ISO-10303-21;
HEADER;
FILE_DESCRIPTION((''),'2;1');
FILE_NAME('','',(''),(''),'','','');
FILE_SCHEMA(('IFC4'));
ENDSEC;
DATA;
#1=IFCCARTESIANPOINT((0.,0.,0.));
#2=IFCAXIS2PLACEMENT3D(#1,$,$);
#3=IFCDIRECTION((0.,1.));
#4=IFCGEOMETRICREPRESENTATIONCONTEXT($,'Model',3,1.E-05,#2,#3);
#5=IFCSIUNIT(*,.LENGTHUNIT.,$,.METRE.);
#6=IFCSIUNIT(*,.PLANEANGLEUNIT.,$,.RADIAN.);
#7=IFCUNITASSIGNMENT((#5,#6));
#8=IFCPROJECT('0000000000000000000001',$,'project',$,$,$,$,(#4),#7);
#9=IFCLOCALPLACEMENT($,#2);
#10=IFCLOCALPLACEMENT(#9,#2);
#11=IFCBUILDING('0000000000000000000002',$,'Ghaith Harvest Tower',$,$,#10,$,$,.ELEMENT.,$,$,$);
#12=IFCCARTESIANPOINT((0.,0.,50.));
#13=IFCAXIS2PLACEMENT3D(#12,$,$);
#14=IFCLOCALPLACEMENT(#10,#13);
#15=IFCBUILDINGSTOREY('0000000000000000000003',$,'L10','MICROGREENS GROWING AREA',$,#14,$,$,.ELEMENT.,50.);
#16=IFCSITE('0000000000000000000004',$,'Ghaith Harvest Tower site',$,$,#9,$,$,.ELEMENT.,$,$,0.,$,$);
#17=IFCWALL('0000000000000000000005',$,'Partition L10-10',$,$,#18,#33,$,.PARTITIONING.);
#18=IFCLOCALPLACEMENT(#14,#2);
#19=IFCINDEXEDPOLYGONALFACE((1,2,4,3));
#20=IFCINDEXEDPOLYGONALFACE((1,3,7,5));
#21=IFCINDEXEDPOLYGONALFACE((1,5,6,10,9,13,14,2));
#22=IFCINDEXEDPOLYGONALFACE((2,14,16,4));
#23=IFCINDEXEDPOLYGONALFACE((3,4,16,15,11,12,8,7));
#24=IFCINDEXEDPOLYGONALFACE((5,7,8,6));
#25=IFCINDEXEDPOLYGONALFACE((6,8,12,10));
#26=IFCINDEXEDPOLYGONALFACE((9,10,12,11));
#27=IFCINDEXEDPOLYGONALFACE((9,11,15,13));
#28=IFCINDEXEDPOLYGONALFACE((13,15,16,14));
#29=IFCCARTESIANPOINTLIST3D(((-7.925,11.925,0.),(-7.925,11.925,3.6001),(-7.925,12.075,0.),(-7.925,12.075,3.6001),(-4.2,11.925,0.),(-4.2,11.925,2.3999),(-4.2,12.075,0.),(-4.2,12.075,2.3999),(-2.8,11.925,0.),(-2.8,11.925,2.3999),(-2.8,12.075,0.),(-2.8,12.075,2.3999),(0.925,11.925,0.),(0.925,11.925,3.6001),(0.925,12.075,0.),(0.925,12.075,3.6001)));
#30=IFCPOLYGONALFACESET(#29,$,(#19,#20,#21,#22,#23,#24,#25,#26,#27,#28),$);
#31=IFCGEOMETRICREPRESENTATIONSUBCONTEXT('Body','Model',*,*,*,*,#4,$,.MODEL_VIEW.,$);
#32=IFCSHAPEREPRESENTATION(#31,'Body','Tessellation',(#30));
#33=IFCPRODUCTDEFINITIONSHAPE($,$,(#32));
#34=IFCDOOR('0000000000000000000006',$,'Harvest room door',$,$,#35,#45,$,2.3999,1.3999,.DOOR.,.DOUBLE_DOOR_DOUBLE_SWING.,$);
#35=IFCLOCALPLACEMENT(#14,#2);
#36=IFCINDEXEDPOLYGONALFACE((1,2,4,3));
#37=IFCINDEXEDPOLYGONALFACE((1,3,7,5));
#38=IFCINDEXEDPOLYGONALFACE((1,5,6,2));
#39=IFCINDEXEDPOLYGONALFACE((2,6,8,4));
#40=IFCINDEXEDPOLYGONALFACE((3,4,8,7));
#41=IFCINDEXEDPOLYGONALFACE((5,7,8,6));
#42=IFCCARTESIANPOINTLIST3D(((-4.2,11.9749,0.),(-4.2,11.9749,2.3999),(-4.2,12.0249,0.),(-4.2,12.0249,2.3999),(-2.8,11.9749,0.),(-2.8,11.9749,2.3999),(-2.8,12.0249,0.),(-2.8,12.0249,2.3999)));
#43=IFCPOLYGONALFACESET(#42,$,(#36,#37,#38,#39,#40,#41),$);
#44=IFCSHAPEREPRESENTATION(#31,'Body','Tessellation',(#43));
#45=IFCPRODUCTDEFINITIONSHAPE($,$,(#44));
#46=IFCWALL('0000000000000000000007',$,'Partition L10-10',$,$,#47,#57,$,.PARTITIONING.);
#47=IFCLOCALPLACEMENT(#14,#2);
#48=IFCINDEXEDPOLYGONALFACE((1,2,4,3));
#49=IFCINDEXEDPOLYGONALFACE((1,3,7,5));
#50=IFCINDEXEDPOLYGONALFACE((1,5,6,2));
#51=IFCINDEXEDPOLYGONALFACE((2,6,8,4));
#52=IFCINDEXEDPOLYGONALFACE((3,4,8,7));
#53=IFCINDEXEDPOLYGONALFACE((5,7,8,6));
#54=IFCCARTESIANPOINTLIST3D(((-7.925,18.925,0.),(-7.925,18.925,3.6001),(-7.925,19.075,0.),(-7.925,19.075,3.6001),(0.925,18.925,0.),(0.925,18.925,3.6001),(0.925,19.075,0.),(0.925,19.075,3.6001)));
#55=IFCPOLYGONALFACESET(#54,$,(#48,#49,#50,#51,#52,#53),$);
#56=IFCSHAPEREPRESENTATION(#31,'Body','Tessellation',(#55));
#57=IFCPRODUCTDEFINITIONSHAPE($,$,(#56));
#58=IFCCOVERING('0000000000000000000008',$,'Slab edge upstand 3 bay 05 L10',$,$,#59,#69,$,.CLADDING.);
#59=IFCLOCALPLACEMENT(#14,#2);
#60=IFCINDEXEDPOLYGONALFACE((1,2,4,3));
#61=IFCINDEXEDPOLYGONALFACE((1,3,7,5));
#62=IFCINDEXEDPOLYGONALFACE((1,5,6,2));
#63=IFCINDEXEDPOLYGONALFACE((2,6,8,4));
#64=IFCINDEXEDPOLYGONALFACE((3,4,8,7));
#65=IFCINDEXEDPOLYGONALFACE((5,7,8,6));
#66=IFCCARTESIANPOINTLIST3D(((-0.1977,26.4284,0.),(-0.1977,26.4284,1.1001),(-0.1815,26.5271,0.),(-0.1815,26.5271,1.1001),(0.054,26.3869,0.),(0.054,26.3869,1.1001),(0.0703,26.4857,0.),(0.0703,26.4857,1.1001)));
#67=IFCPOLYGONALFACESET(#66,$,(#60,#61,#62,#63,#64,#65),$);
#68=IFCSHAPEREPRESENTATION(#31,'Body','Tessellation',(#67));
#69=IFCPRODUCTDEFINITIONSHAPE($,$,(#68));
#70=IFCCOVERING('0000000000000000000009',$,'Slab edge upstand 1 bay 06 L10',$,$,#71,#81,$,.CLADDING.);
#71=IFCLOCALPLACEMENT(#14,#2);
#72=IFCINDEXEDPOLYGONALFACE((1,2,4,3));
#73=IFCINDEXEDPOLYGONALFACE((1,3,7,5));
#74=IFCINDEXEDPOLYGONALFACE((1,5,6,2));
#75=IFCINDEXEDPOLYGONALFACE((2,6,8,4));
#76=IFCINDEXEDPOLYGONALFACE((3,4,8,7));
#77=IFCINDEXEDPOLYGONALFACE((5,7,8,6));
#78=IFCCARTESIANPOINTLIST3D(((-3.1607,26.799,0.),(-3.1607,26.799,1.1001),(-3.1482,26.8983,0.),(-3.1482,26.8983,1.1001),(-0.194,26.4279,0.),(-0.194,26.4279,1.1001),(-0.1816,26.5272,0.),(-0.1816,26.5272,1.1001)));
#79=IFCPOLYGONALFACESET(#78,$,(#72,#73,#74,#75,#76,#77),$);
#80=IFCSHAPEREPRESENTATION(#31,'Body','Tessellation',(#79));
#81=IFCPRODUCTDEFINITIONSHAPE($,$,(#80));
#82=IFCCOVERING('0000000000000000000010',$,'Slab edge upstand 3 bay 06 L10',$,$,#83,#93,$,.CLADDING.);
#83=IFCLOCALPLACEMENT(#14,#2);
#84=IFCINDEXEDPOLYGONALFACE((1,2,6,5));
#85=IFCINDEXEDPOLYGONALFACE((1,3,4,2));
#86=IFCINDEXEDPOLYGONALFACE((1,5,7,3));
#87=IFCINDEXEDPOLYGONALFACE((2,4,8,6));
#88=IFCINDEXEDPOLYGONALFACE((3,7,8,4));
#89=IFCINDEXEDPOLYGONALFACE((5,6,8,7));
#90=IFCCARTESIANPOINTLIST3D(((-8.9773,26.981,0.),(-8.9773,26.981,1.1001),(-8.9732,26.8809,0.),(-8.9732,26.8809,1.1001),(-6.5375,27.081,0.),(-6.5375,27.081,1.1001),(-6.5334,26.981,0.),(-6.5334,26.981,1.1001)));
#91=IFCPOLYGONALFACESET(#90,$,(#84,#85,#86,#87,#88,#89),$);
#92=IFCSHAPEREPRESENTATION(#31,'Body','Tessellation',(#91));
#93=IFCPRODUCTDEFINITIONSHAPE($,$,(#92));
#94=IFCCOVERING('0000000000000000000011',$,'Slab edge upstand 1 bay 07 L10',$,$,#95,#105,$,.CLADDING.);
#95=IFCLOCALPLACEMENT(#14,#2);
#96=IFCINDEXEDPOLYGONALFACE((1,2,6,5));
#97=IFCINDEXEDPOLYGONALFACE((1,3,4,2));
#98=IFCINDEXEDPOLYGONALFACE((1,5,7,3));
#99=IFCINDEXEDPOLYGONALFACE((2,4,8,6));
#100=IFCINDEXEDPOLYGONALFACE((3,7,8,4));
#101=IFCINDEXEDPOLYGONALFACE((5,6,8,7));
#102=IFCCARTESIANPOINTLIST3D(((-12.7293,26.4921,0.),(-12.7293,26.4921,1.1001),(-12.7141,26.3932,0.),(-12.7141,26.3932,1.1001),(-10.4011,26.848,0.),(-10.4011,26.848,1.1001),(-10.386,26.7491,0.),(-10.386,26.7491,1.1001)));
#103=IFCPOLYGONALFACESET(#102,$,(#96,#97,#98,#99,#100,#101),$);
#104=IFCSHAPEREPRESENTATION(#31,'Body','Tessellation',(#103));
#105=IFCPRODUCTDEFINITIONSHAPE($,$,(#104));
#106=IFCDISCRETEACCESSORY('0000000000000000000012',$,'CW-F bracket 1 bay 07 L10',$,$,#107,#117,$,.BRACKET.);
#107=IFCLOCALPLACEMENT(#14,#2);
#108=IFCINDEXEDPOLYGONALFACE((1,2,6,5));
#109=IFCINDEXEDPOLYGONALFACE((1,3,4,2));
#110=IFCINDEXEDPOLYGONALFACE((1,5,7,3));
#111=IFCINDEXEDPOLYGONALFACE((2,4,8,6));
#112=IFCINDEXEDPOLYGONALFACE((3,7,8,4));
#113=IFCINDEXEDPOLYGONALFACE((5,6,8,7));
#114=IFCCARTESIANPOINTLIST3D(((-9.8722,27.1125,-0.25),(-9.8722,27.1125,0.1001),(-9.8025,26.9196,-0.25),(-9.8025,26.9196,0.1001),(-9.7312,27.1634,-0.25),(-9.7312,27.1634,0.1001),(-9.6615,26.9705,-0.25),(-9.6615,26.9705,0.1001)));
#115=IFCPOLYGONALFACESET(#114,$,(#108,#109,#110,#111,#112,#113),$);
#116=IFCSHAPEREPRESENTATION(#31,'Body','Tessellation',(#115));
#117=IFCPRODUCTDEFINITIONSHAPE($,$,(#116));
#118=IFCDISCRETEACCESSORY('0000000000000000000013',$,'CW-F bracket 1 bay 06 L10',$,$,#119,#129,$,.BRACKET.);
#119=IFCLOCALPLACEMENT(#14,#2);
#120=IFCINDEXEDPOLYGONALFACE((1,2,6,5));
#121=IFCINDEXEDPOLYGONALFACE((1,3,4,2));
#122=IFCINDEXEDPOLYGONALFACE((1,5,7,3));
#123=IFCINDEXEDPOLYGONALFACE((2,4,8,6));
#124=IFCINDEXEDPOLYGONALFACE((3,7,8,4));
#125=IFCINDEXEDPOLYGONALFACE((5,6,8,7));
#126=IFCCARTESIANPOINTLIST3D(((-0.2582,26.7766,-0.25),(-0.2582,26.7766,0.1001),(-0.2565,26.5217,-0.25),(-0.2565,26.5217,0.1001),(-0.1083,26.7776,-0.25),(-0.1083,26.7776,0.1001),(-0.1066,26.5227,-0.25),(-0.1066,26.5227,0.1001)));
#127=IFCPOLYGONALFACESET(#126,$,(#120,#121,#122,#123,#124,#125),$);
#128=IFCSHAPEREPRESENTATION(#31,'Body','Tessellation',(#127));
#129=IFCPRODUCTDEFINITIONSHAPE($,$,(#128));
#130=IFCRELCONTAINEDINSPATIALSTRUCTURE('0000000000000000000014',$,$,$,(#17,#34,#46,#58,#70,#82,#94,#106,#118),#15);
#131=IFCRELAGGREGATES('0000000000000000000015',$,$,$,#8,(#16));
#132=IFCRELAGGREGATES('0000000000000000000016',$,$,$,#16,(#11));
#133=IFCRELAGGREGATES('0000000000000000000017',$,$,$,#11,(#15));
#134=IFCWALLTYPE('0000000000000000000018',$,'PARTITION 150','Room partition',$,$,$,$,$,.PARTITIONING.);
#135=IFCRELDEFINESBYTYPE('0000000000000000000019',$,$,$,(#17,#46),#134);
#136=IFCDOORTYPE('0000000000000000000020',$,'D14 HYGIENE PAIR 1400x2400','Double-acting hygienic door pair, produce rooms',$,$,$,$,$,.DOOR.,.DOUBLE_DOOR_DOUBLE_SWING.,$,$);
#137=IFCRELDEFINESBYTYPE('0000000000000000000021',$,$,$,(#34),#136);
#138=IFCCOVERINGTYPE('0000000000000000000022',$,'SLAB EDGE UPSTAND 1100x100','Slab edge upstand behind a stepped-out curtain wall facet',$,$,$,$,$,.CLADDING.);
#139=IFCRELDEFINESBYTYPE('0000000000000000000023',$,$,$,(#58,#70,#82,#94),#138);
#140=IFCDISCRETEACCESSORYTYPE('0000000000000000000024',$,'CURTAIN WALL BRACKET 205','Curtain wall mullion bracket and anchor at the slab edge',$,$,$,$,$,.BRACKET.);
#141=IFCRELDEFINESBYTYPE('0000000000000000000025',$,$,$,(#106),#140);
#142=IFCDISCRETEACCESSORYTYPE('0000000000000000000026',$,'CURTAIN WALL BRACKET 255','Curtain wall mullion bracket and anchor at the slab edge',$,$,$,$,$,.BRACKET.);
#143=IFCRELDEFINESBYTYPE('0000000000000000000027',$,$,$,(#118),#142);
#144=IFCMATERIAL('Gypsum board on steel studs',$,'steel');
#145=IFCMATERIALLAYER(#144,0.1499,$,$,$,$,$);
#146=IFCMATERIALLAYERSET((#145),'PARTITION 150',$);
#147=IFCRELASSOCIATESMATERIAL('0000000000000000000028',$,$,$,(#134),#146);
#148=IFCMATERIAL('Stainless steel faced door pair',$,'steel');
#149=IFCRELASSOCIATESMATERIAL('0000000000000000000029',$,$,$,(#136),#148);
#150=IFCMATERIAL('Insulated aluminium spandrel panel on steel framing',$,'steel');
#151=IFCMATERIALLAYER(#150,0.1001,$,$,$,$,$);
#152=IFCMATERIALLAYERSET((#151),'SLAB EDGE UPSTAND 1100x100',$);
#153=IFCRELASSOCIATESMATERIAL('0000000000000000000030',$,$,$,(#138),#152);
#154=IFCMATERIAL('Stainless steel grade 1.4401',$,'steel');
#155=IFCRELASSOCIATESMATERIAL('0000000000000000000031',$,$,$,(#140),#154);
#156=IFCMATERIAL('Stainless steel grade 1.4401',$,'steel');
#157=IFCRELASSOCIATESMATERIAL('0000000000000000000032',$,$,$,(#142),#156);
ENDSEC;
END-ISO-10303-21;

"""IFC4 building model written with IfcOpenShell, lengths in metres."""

from ifc_helpers import new_model, si_unit, direction, frame, frame_2d, origin, origin_2d, place, context, subcontext, project, spatial, rectangle, extrude, material, layer, layer_set, type_object, element, fill, save


model = new_model("IFC4")

# Units and contexts
model_context = context("Model", 3, precision=1e-05, world=origin(), true_north=direction((0.0, 1.0)))
body_context = subcontext(model_context, "Body", "Model", "MODEL_VIEW")
ifc_project = project(units=[si_unit("LENGTHUNIT", "METRE"), si_unit("PLANEANGLEUNIT", "RADIAN")], contexts=[model_context])

# Site, building, storey
site_placement = place(None, origin())
site = spatial("IfcSite", under=ifc_project, at=site_placement, Name="Ghaith Harvest Tower site", CompositionType="ELEMENT", RefElevation=0.0)
building_placement = place(site_placement, origin())
building = spatial("IfcBuilding", under=site, at=building_placement, Name="Ghaith Harvest Tower", CompositionType="ELEMENT")
storey_placement = place(building_placement, frame((0.0, 0.0, 50.0)))
storey = spatial("IfcBuildingStorey", under=building, at=storey_placement, Name="L10", Description="MICROGREENS GROWING AREA", CompositionType="ELEMENT", Elevation=50.0)

# Shared definitions
ifc_material_1 = material(Name="Gypsum board on steel studs", Category="steel")
ifc_layer_1 = layer(ifc_material_1, 0.1499)
ifc_layer_set_1 = layer_set([ifc_layer_1], Name="PARTITION 150")
wall_type = type_object("IfcWallType", Name="PARTITION 150", Description="Room partition", PredefinedType="PARTITIONING", material=ifc_layer_set_1)

# Wall, opening, door
wall_1_placement = place(storey_placement, frame((-7.925, 12.0, 0.0), z_axis=(0.0, 0.0, 1.0), x_axis=(1.0, 0.0, 0.0)))
wall_1 = element("IfcWall", 1, at=wall_1_placement, inside=storey, type_object=wall_type, Name="Partition L10-10", PredefinedType="PARTITIONING", context=body_context, shape_type="SweptSolid", body=[
    extrude(rectangle(XDim=8.8501, YDim=0.1499, at=frame_2d((4.425, 0.0))), origin(), (0.0, 0.0, 1.0), 3.6001),
])
opening_placement = place(wall_1_placement, frame((3.7251, 0.0, 0.0)))
opening = element("IfcOpeningElement", 2, at=opening_placement, cuts=wall_1, PredefinedType="OPENING", context=body_context, shape_type="SweptSolid", body=[
    extrude(rectangle(XDim=1.3999, YDim=2.3999, at=frame_2d((0.7, 1.2))), frame((0.0, 0.085, 0.0), z_axis=(0.0, -1.0, 0.0), x_axis=(1.0, 0.0, 0.0)), (0.0, 0.0, 1.0), 0.1699),
])
ifc_material_2 = material(Name="Stainless steel faced door pair", Category="steel")
door_type = type_object("IfcDoorType", Name="D14 HYGIENE PAIR 1400x2400", Description="Double-acting hygienic door pair, produce rooms", OperationType="DOUBLE_DOOR_DOUBLE_SWING", PredefinedType="DOOR", material=ifc_material_2)
door_placement = place(opening_placement, origin())
door = element("IfcDoor", 3, at=door_placement, inside=storey, type_object=door_type, Name="Harvest room door", OperationType="DOUBLE_DOOR_DOUBLE_SWING", OverallHeight=2.3999, OverallWidth=1.3999, PredefinedType="DOOR", context=body_context, shape_type="SweptSolid", body=[
    extrude(rectangle(XDim=1.3999, YDim=2.3999, at=frame_2d((0.7, 1.2))), frame((0.0, 0.0249, 0.0), z_axis=(0.0, -1.0, 0.0), x_axis=(1.0, 0.0, 0.0)), (0.0, 0.0, 1.0), 0.05),
])
fill(opening, door)

# Wall
wall_2_placement = place(storey_placement, frame((-7.925, 19.0, 0.0), z_axis=(0.0, 0.0, 1.0), x_axis=(1.0, 0.0, 0.0)))
element("IfcWall", 4, at=wall_2_placement, inside=storey, type_object=wall_type, Name="Partition L10-10", PredefinedType="PARTITIONING", context=body_context, shape_type="SweptSolid", body=[
    extrude(rectangle(XDim=8.8501, YDim=0.1499, at=frame_2d((4.425, 0.0))), origin(), (0.0, 0.0, 1.0), 3.6001),
])

# Coverings
ifc_material_3 = material(Name="Insulated aluminium spandrel panel on steel framing", Category="steel")
ifc_layer_2 = layer(ifc_material_3, 0.1001)
ifc_layer_set_2 = layer_set([ifc_layer_2], Name="SLAB EDGE UPSTAND 1100x100")
covering_type = type_object("IfcCoveringType", Name="SLAB EDGE UPSTAND 1100x100", Description="Slab edge upstand behind a stepped-out curtain wall facet", PredefinedType="CLADDING", material=ifc_layer_set_2)
covering_1_placement = place(storey_placement, frame((-0.0637, 26.457, 0.0), z_axis=(0.0, 0.0, 1.0), x_axis=(-0.986716, 0.162453, 0.0)))
element("IfcCovering", 5, at=covering_1_placement, inside=storey, type_object=covering_type, Name="Slab edge upstand 3 bay 05 L10", PredefinedType="CLADDING", context=body_context, shape_type="SweptSolid", body=[
    extrude(rectangle(XDim=0.2551, YDim=0.1001, at=origin_2d()), origin(), (0.0, 0.0, 1.0), 1.1001),
])
covering_2_placement = place(storey_placement, frame((-1.6711, 26.6631, 0.0), z_axis=(0.0, 0.0, 1.0), x_axis=(-0.992265, 0.124139, 0.0)))
element("IfcCovering", 6, at=covering_2_placement, inside=storey, type_object=covering_type, Name="Slab edge upstand 1 bay 06 L10", PredefinedType="CLADDING", context=body_context, shape_type="SweptSolid", body=[
    extrude(rectangle(XDim=2.9897, YDim=0.1001, at=origin_2d()), origin(), (0.0, 0.0, 1.0), 1.1001),
])
covering_3_placement = place(storey_placement, frame((-7.7554, 26.981, 0.0), z_axis=(0.0, 0.0, 1.0), x_axis=(-0.999161, -0.040957, 0.0)))
element("IfcCovering", 7, at=covering_3_placement, inside=storey, type_object=covering_type, Name="Slab edge upstand 3 bay 06 L10", PredefinedType="CLADDING", context=body_context, shape_type="SweptSolid", body=[
    extrude(rectangle(XDim=2.4419, YDim=0.1001, at=origin_2d()), origin(), (0.0, 0.0, 1.0), 1.1001),
])
covering_4_placement = place(storey_placement, frame((-11.5576, 26.6206, 0.0), z_axis=(0.0, 0.0, 1.0), x_axis=(-0.988518, -0.151104, 0.0)))
element("IfcCovering", 8, at=covering_4_placement, inside=storey, type_object=covering_type, Name="Slab edge upstand 1 bay 07 L10", PredefinedType="CLADDING", context=body_context, shape_type="SweptSolid", body=[
    extrude(rectangle(XDim=2.3552, YDim=0.1001, at=origin_2d()), origin(), (0.0, 0.0, 1.0), 1.1001),
])

# Discrete accessories
ifc_material_4 = material(Name="Stainless steel grade 1.4401", Category="steel")
discrete_accessory_type_1 = type_object("IfcDiscreteAccessoryType", Name="CURTAIN WALL BRACKET 205", Description="Curtain wall mullion bracket and anchor at the slab edge", PredefinedType="BRACKET", material=ifc_material_4)
discrete_accessory_1_placement = place(storey_placement, frame((-9.7668, 27.0415, -0.25), z_axis=(0.0, 0.0, 1.0), x_axis=(-0.339699, 0.940534, 0.0)))
element("IfcDiscreteAccessory", 9, at=discrete_accessory_1_placement, inside=storey, type_object=discrete_accessory_type_1, Name="CW-F bracket 1 bay 07 L10", PredefinedType="BRACKET", context=body_context, shape_type="SweptSolid", body=[
    extrude(rectangle(XDim=0.2051, YDim=0.1499, at=origin_2d()), origin(), (0.0, 0.0, 1.0), 0.3501),
])
ifc_material_5 = material(Name="Stainless steel grade 1.4401", Category="steel")
discrete_accessory_type_2 = type_object("IfcDiscreteAccessoryType", Name="CURTAIN WALL BRACKET 255", Description="Curtain wall mullion bracket and anchor at the slab edge", PredefinedType="BRACKET", material=ifc_material_5)
discrete_accessory_2_placement = place(storey_placement, frame((-0.1824, 26.6497, -0.25), z_axis=(0.0, 0.0, 1.0), x_axis=(-0.006844, 0.999977, 0.0)))
element("IfcDiscreteAccessory", 10, at=discrete_accessory_2_placement, inside=storey, type_object=discrete_accessory_type_2, Name="CW-F bracket 1 bay 06 L10", PredefinedType="BRACKET", context=body_context, shape_type="SweptSolid", body=[
    extrude(rectangle(XDim=0.2549, YDim=0.1499, at=origin_2d()), origin(), (0.0, 0.0, 1.0), 0.3501),
])

save(model, "model.ifc")
